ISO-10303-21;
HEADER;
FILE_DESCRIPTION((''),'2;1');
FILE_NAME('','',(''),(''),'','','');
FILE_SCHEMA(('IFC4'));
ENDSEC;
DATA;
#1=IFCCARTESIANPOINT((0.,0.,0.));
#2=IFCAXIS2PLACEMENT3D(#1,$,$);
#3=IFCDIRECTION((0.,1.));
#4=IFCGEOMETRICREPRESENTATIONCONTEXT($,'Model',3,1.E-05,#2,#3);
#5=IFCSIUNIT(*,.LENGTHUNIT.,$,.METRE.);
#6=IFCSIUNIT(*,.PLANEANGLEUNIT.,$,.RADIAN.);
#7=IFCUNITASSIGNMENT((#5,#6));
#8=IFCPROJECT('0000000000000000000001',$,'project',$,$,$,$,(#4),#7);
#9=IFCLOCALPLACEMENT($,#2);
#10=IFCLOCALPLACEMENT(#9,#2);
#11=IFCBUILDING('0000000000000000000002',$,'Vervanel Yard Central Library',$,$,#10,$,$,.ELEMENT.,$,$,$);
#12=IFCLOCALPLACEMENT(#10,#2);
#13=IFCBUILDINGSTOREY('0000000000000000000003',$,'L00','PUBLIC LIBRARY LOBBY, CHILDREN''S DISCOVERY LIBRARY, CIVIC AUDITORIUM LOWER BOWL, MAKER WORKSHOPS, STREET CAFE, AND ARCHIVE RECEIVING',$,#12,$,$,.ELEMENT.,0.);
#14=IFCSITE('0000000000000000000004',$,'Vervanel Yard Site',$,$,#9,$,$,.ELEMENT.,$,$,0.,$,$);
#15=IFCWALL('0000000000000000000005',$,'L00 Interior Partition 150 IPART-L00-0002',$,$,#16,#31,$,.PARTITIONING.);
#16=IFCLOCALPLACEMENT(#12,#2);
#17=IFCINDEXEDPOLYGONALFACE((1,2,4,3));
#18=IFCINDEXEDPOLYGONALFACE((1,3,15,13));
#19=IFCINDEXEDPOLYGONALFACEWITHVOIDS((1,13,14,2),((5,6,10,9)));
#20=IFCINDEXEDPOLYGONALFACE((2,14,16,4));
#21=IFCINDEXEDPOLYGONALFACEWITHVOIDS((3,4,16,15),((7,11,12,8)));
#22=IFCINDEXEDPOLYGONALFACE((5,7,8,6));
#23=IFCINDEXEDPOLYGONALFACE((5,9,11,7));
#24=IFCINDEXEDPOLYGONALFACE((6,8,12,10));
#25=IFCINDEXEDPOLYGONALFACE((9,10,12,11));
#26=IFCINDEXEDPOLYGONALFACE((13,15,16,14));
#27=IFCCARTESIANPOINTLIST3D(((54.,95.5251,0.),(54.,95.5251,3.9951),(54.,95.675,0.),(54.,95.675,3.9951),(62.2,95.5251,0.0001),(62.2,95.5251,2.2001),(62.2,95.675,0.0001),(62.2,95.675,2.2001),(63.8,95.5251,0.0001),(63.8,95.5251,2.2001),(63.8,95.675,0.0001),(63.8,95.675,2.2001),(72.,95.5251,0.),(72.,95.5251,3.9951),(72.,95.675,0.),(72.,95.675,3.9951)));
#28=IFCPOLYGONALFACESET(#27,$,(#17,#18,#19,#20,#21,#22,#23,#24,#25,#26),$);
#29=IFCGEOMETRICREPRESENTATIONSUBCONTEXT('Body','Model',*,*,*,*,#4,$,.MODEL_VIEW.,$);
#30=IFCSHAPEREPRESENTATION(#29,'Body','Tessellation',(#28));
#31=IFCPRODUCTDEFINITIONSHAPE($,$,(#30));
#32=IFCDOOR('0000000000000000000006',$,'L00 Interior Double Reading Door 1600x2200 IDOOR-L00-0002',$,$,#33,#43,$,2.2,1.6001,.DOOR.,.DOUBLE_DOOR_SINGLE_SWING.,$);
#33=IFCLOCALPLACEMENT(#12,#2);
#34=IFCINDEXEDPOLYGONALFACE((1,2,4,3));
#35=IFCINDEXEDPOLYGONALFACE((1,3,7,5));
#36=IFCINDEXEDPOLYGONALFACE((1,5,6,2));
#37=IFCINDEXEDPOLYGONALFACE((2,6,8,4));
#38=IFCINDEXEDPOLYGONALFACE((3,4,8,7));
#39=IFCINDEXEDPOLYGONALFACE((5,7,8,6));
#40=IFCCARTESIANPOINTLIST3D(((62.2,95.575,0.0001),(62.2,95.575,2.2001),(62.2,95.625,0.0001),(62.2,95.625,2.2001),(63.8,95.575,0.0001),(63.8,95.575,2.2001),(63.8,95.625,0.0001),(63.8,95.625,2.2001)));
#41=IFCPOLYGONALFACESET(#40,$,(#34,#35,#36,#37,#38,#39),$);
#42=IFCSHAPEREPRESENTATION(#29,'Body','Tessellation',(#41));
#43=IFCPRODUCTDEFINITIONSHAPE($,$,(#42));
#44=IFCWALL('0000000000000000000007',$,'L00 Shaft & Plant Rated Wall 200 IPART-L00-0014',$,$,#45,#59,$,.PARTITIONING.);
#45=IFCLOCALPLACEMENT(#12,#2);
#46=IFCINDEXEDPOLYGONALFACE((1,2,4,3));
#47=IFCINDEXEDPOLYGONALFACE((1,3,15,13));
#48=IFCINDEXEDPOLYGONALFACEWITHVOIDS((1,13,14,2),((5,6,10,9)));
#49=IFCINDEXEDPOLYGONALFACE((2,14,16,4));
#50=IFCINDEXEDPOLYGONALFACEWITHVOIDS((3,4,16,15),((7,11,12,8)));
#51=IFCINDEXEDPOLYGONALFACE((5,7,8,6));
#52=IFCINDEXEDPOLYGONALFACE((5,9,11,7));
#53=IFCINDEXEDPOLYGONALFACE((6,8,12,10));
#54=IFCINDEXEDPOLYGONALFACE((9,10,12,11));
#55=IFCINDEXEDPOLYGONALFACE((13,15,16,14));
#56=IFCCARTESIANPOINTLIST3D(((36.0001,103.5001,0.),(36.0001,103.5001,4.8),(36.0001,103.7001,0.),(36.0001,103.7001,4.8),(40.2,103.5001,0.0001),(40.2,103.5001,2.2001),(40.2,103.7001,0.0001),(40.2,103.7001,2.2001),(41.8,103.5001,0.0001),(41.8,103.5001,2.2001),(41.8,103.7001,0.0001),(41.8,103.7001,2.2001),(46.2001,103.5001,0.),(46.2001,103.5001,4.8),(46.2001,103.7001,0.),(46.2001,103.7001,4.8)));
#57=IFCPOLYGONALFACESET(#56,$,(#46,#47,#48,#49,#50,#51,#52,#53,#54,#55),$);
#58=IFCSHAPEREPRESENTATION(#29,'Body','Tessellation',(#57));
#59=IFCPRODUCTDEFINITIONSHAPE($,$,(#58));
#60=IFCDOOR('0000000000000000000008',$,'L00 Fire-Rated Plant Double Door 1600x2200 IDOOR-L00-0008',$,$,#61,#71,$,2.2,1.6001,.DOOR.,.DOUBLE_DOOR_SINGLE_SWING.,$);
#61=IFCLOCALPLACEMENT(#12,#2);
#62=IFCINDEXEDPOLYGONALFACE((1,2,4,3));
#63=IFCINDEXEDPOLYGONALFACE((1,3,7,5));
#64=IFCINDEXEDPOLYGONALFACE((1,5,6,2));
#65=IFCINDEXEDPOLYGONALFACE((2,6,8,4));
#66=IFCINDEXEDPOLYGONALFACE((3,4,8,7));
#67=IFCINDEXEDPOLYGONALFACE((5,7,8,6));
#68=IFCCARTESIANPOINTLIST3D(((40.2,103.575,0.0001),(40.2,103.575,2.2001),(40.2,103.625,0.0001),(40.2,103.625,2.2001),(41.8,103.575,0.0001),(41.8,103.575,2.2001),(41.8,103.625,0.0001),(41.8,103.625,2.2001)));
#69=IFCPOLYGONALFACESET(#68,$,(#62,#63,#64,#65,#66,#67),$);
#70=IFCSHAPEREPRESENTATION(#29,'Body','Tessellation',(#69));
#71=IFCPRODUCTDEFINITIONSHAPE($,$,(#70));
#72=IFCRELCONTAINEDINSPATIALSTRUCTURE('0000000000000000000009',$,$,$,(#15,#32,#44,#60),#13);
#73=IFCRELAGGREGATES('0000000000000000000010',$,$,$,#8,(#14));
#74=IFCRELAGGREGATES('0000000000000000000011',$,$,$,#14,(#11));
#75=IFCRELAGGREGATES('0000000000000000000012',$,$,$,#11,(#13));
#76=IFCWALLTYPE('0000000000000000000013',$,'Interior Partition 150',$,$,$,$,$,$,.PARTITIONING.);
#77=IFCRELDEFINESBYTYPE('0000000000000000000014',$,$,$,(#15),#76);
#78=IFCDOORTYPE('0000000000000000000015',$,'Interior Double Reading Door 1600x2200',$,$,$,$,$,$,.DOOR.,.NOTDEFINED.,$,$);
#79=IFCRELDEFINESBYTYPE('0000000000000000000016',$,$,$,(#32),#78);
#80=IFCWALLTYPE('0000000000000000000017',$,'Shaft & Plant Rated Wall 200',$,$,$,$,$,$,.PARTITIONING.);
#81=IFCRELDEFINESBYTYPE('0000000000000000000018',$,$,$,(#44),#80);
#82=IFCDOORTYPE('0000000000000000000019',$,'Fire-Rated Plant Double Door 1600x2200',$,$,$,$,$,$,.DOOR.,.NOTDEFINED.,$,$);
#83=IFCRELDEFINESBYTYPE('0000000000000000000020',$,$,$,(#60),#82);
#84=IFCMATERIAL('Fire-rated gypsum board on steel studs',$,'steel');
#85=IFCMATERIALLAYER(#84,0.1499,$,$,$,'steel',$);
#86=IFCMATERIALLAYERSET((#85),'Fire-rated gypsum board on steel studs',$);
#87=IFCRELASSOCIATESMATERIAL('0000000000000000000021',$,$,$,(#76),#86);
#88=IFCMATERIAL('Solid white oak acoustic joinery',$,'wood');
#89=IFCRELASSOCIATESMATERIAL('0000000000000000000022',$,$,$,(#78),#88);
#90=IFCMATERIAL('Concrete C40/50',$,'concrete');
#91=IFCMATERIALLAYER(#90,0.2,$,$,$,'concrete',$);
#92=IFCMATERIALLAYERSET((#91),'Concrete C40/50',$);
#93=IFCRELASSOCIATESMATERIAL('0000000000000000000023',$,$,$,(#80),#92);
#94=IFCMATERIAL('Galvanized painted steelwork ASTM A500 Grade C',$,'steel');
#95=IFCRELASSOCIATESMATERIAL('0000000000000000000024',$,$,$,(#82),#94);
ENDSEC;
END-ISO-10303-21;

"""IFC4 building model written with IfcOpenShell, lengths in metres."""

from ifc_helpers import new_model, si_unit, direction, frame, frame_2d, origin, place, context, subcontext, project, spatial, rectangle, extrude, material, layer, layer_set, type_object, element, fill, save


model = new_model("IFC4")

# Units and contexts
model_context = context("Model", 3, precision=1e-05, world=origin(), true_north=direction((0.0, 1.0)))
body_context = subcontext(model_context, "Body", "Model", "MODEL_VIEW")
ifc_project = project(units=[si_unit("LENGTHUNIT", "METRE"), si_unit("PLANEANGLEUNIT", "RADIAN")], contexts=[model_context])

# Site, building, storey
site_placement = place(None, origin())
site = spatial("IfcSite", under=ifc_project, at=site_placement, Name="Vervanel Yard Site", CompositionType="ELEMENT", RefElevation=0.0)
building_placement = place(site_placement, origin())
building = spatial("IfcBuilding", under=site, at=building_placement, Name="Vervanel Yard Central Library", CompositionType="ELEMENT")
storey_placement = place(building_placement, origin())
storey = spatial("IfcBuildingStorey", under=building, at=storey_placement, Name="L00", Description="PUBLIC LIBRARY LOBBY, CHILDREN'S DISCOVERY LIBRARY, CIVIC AUDITORIUM LOWER BOWL, MAKER WORKSHOPS, STREET CAFE, AND ARCHIVE RECEIVING", CompositionType="ELEMENT", Elevation=0.0)

# Shared definitions
ifc_material_1 = material(Name="Concrete C40/50", Category="concrete")

# Shared definitions
ifc_material_2 = material(Name="Galvanized painted steelwork ASTM A500 Grade C", Category="steel")

# Walls, openings, doors
ifc_material_3 = material(Name="Fire-rated gypsum board on steel studs", Category="steel")
ifc_layer_1 = layer(ifc_material_3, 0.1499, Category="steel")
ifc_layer_set_1 = layer_set([ifc_layer_1], Name="Fire-rated gypsum board on steel studs")
wall_type_1 = type_object("IfcWallType", Name="Interior Partition 150", PredefinedType="PARTITIONING", material=ifc_layer_set_1)
ifc_material_4 = material(Name="Solid white oak acoustic joinery", Category="wood")
door_type_1 = type_object("IfcDoorType", Name="Interior Double Reading Door 1600x2200", OperationType="NOTDEFINED", PredefinedType="DOOR", material=ifc_material_4)
wall_1_placement = place(storey_placement, frame((54.0, 95.6001, 0.0), z_axis=(0.0, 0.0, 1.0), x_axis=(1.0, 0.0, 0.0)))
wall_1 = element("IfcWall", 1, at=wall_1_placement, inside=storey, type_object=wall_type_1, Name="L00 Interior Partition 150 IPART-L00-0002", PredefinedType="PARTITIONING", context=body_context, shape_type="SweptSolid", body=[
    extrude(rectangle(XDim=18.0, YDim=0.1499, at=frame_2d((9.0, 0.0))), origin(), (0.0, 0.0, 1.0), 3.9951),
])
opening_1_placement = place(wall_1_placement, frame((8.2, 0.0, 0.0)))
opening_1 = element("IfcOpeningElement", 2, at=opening_1_placement, cuts=wall_1, PredefinedType="OPENING", context=body_context, shape_type="SweptSolid", body=[
    extrude(rectangle(XDim=1.6001, YDim=2.2, at=frame_2d((0.8, 1.1001))), frame((0.0, 0.085, 0.0), z_axis=(0.0, -1.0, 0.0), x_axis=(1.0, 0.0, 0.0)), (0.0, 0.0, 1.0), 0.1699),
])
door_1_placement = place(opening_1_placement, origin())
door_1 = element("IfcDoor", 3, at=door_1_placement, inside=storey, type_object=door_type_1, Name="L00 Interior Double Reading Door 1600x2200 IDOOR-L00-0002", OperationType="DOUBLE_DOOR_SINGLE_SWING", OverallHeight=2.2, OverallWidth=1.6001, PredefinedType="DOOR", context=body_context, shape_type="SweptSolid", body=[
    extrude(rectangle(XDim=1.6001, YDim=2.2, at=frame_2d((0.8, 1.1001))), frame((0.0, 0.0249, 0.0), z_axis=(0.0, -1.0, 0.0), x_axis=(1.0, 0.0, 0.0)), (0.0, 0.0, 1.0), 0.05),
])
fill(opening_1, door_1)
ifc_layer_2 = layer(ifc_material_1, 0.2, Category="concrete")
ifc_layer_set_2 = layer_set([ifc_layer_2], Name="Concrete C40/50")
wall_type_2 = type_object("IfcWallType", Name="Shaft & Plant Rated Wall 200", PredefinedType="PARTITIONING", material=ifc_layer_set_2)
wall_2_placement = place(storey_placement, frame((36.0, 103.6001, 0.0), z_axis=(0.0, 0.0, 1.0), x_axis=(1.0, 0.0, 0.0)))
wall_2 = element("IfcWall", 4, at=wall_2_placement, inside=storey, type_object=wall_type_2, Name="L00 Shaft & Plant Rated Wall 200 IPART-L00-0014", PredefinedType="PARTITIONING", context=body_context, shape_type="SweptSolid", body=[
    extrude(rectangle(XDim=10.2, YDim=0.2, at=frame_2d((5.1001, 0.0))), origin(), (0.0, 0.0, 1.0), 4.8),
])
opening_2_placement = place(wall_2_placement, frame((4.2, 0.0, 0.0)))
opening_2 = element("IfcOpeningElement", 5, at=opening_2_placement, cuts=wall_2, PredefinedType="OPENING", context=body_context, shape_type="SweptSolid", body=[
    extrude(rectangle(XDim=1.6001, YDim=2.2, at=frame_2d((0.8, 1.1001))), frame((0.0, 0.1099, 0.0), z_axis=(0.0, -1.0, 0.0), x_axis=(1.0, 0.0, 0.0)), (0.0, 0.0, 1.0), 0.22),
])
door_type_2 = type_object("IfcDoorType", Name="Fire-Rated Plant Double Door 1600x2200", OperationType="NOTDEFINED", PredefinedType="DOOR", material=ifc_material_2)
door_2_placement = place(opening_2_placement, origin())
door_2 = element("IfcDoor", 6, at=door_2_placement, inside=storey, type_object=door_type_2, Name="L00 Fire-Rated Plant Double Door 1600x2200 IDOOR-L00-0008", OperationType="DOUBLE_DOOR_SINGLE_SWING", OverallHeight=2.2, OverallWidth=1.6001, PredefinedType="DOOR", context=body_context, shape_type="SweptSolid", body=[
    extrude(rectangle(XDim=1.6001, YDim=2.2, at=frame_2d((0.8, 1.1001))), frame((0.0, 0.0249, 0.0), z_axis=(0.0, -1.0, 0.0), x_axis=(1.0, 0.0, 0.0)), (0.0, 0.0, 1.0), 0.05),
])
fill(opening_2, door_2)

save(model, "model.ifc")
